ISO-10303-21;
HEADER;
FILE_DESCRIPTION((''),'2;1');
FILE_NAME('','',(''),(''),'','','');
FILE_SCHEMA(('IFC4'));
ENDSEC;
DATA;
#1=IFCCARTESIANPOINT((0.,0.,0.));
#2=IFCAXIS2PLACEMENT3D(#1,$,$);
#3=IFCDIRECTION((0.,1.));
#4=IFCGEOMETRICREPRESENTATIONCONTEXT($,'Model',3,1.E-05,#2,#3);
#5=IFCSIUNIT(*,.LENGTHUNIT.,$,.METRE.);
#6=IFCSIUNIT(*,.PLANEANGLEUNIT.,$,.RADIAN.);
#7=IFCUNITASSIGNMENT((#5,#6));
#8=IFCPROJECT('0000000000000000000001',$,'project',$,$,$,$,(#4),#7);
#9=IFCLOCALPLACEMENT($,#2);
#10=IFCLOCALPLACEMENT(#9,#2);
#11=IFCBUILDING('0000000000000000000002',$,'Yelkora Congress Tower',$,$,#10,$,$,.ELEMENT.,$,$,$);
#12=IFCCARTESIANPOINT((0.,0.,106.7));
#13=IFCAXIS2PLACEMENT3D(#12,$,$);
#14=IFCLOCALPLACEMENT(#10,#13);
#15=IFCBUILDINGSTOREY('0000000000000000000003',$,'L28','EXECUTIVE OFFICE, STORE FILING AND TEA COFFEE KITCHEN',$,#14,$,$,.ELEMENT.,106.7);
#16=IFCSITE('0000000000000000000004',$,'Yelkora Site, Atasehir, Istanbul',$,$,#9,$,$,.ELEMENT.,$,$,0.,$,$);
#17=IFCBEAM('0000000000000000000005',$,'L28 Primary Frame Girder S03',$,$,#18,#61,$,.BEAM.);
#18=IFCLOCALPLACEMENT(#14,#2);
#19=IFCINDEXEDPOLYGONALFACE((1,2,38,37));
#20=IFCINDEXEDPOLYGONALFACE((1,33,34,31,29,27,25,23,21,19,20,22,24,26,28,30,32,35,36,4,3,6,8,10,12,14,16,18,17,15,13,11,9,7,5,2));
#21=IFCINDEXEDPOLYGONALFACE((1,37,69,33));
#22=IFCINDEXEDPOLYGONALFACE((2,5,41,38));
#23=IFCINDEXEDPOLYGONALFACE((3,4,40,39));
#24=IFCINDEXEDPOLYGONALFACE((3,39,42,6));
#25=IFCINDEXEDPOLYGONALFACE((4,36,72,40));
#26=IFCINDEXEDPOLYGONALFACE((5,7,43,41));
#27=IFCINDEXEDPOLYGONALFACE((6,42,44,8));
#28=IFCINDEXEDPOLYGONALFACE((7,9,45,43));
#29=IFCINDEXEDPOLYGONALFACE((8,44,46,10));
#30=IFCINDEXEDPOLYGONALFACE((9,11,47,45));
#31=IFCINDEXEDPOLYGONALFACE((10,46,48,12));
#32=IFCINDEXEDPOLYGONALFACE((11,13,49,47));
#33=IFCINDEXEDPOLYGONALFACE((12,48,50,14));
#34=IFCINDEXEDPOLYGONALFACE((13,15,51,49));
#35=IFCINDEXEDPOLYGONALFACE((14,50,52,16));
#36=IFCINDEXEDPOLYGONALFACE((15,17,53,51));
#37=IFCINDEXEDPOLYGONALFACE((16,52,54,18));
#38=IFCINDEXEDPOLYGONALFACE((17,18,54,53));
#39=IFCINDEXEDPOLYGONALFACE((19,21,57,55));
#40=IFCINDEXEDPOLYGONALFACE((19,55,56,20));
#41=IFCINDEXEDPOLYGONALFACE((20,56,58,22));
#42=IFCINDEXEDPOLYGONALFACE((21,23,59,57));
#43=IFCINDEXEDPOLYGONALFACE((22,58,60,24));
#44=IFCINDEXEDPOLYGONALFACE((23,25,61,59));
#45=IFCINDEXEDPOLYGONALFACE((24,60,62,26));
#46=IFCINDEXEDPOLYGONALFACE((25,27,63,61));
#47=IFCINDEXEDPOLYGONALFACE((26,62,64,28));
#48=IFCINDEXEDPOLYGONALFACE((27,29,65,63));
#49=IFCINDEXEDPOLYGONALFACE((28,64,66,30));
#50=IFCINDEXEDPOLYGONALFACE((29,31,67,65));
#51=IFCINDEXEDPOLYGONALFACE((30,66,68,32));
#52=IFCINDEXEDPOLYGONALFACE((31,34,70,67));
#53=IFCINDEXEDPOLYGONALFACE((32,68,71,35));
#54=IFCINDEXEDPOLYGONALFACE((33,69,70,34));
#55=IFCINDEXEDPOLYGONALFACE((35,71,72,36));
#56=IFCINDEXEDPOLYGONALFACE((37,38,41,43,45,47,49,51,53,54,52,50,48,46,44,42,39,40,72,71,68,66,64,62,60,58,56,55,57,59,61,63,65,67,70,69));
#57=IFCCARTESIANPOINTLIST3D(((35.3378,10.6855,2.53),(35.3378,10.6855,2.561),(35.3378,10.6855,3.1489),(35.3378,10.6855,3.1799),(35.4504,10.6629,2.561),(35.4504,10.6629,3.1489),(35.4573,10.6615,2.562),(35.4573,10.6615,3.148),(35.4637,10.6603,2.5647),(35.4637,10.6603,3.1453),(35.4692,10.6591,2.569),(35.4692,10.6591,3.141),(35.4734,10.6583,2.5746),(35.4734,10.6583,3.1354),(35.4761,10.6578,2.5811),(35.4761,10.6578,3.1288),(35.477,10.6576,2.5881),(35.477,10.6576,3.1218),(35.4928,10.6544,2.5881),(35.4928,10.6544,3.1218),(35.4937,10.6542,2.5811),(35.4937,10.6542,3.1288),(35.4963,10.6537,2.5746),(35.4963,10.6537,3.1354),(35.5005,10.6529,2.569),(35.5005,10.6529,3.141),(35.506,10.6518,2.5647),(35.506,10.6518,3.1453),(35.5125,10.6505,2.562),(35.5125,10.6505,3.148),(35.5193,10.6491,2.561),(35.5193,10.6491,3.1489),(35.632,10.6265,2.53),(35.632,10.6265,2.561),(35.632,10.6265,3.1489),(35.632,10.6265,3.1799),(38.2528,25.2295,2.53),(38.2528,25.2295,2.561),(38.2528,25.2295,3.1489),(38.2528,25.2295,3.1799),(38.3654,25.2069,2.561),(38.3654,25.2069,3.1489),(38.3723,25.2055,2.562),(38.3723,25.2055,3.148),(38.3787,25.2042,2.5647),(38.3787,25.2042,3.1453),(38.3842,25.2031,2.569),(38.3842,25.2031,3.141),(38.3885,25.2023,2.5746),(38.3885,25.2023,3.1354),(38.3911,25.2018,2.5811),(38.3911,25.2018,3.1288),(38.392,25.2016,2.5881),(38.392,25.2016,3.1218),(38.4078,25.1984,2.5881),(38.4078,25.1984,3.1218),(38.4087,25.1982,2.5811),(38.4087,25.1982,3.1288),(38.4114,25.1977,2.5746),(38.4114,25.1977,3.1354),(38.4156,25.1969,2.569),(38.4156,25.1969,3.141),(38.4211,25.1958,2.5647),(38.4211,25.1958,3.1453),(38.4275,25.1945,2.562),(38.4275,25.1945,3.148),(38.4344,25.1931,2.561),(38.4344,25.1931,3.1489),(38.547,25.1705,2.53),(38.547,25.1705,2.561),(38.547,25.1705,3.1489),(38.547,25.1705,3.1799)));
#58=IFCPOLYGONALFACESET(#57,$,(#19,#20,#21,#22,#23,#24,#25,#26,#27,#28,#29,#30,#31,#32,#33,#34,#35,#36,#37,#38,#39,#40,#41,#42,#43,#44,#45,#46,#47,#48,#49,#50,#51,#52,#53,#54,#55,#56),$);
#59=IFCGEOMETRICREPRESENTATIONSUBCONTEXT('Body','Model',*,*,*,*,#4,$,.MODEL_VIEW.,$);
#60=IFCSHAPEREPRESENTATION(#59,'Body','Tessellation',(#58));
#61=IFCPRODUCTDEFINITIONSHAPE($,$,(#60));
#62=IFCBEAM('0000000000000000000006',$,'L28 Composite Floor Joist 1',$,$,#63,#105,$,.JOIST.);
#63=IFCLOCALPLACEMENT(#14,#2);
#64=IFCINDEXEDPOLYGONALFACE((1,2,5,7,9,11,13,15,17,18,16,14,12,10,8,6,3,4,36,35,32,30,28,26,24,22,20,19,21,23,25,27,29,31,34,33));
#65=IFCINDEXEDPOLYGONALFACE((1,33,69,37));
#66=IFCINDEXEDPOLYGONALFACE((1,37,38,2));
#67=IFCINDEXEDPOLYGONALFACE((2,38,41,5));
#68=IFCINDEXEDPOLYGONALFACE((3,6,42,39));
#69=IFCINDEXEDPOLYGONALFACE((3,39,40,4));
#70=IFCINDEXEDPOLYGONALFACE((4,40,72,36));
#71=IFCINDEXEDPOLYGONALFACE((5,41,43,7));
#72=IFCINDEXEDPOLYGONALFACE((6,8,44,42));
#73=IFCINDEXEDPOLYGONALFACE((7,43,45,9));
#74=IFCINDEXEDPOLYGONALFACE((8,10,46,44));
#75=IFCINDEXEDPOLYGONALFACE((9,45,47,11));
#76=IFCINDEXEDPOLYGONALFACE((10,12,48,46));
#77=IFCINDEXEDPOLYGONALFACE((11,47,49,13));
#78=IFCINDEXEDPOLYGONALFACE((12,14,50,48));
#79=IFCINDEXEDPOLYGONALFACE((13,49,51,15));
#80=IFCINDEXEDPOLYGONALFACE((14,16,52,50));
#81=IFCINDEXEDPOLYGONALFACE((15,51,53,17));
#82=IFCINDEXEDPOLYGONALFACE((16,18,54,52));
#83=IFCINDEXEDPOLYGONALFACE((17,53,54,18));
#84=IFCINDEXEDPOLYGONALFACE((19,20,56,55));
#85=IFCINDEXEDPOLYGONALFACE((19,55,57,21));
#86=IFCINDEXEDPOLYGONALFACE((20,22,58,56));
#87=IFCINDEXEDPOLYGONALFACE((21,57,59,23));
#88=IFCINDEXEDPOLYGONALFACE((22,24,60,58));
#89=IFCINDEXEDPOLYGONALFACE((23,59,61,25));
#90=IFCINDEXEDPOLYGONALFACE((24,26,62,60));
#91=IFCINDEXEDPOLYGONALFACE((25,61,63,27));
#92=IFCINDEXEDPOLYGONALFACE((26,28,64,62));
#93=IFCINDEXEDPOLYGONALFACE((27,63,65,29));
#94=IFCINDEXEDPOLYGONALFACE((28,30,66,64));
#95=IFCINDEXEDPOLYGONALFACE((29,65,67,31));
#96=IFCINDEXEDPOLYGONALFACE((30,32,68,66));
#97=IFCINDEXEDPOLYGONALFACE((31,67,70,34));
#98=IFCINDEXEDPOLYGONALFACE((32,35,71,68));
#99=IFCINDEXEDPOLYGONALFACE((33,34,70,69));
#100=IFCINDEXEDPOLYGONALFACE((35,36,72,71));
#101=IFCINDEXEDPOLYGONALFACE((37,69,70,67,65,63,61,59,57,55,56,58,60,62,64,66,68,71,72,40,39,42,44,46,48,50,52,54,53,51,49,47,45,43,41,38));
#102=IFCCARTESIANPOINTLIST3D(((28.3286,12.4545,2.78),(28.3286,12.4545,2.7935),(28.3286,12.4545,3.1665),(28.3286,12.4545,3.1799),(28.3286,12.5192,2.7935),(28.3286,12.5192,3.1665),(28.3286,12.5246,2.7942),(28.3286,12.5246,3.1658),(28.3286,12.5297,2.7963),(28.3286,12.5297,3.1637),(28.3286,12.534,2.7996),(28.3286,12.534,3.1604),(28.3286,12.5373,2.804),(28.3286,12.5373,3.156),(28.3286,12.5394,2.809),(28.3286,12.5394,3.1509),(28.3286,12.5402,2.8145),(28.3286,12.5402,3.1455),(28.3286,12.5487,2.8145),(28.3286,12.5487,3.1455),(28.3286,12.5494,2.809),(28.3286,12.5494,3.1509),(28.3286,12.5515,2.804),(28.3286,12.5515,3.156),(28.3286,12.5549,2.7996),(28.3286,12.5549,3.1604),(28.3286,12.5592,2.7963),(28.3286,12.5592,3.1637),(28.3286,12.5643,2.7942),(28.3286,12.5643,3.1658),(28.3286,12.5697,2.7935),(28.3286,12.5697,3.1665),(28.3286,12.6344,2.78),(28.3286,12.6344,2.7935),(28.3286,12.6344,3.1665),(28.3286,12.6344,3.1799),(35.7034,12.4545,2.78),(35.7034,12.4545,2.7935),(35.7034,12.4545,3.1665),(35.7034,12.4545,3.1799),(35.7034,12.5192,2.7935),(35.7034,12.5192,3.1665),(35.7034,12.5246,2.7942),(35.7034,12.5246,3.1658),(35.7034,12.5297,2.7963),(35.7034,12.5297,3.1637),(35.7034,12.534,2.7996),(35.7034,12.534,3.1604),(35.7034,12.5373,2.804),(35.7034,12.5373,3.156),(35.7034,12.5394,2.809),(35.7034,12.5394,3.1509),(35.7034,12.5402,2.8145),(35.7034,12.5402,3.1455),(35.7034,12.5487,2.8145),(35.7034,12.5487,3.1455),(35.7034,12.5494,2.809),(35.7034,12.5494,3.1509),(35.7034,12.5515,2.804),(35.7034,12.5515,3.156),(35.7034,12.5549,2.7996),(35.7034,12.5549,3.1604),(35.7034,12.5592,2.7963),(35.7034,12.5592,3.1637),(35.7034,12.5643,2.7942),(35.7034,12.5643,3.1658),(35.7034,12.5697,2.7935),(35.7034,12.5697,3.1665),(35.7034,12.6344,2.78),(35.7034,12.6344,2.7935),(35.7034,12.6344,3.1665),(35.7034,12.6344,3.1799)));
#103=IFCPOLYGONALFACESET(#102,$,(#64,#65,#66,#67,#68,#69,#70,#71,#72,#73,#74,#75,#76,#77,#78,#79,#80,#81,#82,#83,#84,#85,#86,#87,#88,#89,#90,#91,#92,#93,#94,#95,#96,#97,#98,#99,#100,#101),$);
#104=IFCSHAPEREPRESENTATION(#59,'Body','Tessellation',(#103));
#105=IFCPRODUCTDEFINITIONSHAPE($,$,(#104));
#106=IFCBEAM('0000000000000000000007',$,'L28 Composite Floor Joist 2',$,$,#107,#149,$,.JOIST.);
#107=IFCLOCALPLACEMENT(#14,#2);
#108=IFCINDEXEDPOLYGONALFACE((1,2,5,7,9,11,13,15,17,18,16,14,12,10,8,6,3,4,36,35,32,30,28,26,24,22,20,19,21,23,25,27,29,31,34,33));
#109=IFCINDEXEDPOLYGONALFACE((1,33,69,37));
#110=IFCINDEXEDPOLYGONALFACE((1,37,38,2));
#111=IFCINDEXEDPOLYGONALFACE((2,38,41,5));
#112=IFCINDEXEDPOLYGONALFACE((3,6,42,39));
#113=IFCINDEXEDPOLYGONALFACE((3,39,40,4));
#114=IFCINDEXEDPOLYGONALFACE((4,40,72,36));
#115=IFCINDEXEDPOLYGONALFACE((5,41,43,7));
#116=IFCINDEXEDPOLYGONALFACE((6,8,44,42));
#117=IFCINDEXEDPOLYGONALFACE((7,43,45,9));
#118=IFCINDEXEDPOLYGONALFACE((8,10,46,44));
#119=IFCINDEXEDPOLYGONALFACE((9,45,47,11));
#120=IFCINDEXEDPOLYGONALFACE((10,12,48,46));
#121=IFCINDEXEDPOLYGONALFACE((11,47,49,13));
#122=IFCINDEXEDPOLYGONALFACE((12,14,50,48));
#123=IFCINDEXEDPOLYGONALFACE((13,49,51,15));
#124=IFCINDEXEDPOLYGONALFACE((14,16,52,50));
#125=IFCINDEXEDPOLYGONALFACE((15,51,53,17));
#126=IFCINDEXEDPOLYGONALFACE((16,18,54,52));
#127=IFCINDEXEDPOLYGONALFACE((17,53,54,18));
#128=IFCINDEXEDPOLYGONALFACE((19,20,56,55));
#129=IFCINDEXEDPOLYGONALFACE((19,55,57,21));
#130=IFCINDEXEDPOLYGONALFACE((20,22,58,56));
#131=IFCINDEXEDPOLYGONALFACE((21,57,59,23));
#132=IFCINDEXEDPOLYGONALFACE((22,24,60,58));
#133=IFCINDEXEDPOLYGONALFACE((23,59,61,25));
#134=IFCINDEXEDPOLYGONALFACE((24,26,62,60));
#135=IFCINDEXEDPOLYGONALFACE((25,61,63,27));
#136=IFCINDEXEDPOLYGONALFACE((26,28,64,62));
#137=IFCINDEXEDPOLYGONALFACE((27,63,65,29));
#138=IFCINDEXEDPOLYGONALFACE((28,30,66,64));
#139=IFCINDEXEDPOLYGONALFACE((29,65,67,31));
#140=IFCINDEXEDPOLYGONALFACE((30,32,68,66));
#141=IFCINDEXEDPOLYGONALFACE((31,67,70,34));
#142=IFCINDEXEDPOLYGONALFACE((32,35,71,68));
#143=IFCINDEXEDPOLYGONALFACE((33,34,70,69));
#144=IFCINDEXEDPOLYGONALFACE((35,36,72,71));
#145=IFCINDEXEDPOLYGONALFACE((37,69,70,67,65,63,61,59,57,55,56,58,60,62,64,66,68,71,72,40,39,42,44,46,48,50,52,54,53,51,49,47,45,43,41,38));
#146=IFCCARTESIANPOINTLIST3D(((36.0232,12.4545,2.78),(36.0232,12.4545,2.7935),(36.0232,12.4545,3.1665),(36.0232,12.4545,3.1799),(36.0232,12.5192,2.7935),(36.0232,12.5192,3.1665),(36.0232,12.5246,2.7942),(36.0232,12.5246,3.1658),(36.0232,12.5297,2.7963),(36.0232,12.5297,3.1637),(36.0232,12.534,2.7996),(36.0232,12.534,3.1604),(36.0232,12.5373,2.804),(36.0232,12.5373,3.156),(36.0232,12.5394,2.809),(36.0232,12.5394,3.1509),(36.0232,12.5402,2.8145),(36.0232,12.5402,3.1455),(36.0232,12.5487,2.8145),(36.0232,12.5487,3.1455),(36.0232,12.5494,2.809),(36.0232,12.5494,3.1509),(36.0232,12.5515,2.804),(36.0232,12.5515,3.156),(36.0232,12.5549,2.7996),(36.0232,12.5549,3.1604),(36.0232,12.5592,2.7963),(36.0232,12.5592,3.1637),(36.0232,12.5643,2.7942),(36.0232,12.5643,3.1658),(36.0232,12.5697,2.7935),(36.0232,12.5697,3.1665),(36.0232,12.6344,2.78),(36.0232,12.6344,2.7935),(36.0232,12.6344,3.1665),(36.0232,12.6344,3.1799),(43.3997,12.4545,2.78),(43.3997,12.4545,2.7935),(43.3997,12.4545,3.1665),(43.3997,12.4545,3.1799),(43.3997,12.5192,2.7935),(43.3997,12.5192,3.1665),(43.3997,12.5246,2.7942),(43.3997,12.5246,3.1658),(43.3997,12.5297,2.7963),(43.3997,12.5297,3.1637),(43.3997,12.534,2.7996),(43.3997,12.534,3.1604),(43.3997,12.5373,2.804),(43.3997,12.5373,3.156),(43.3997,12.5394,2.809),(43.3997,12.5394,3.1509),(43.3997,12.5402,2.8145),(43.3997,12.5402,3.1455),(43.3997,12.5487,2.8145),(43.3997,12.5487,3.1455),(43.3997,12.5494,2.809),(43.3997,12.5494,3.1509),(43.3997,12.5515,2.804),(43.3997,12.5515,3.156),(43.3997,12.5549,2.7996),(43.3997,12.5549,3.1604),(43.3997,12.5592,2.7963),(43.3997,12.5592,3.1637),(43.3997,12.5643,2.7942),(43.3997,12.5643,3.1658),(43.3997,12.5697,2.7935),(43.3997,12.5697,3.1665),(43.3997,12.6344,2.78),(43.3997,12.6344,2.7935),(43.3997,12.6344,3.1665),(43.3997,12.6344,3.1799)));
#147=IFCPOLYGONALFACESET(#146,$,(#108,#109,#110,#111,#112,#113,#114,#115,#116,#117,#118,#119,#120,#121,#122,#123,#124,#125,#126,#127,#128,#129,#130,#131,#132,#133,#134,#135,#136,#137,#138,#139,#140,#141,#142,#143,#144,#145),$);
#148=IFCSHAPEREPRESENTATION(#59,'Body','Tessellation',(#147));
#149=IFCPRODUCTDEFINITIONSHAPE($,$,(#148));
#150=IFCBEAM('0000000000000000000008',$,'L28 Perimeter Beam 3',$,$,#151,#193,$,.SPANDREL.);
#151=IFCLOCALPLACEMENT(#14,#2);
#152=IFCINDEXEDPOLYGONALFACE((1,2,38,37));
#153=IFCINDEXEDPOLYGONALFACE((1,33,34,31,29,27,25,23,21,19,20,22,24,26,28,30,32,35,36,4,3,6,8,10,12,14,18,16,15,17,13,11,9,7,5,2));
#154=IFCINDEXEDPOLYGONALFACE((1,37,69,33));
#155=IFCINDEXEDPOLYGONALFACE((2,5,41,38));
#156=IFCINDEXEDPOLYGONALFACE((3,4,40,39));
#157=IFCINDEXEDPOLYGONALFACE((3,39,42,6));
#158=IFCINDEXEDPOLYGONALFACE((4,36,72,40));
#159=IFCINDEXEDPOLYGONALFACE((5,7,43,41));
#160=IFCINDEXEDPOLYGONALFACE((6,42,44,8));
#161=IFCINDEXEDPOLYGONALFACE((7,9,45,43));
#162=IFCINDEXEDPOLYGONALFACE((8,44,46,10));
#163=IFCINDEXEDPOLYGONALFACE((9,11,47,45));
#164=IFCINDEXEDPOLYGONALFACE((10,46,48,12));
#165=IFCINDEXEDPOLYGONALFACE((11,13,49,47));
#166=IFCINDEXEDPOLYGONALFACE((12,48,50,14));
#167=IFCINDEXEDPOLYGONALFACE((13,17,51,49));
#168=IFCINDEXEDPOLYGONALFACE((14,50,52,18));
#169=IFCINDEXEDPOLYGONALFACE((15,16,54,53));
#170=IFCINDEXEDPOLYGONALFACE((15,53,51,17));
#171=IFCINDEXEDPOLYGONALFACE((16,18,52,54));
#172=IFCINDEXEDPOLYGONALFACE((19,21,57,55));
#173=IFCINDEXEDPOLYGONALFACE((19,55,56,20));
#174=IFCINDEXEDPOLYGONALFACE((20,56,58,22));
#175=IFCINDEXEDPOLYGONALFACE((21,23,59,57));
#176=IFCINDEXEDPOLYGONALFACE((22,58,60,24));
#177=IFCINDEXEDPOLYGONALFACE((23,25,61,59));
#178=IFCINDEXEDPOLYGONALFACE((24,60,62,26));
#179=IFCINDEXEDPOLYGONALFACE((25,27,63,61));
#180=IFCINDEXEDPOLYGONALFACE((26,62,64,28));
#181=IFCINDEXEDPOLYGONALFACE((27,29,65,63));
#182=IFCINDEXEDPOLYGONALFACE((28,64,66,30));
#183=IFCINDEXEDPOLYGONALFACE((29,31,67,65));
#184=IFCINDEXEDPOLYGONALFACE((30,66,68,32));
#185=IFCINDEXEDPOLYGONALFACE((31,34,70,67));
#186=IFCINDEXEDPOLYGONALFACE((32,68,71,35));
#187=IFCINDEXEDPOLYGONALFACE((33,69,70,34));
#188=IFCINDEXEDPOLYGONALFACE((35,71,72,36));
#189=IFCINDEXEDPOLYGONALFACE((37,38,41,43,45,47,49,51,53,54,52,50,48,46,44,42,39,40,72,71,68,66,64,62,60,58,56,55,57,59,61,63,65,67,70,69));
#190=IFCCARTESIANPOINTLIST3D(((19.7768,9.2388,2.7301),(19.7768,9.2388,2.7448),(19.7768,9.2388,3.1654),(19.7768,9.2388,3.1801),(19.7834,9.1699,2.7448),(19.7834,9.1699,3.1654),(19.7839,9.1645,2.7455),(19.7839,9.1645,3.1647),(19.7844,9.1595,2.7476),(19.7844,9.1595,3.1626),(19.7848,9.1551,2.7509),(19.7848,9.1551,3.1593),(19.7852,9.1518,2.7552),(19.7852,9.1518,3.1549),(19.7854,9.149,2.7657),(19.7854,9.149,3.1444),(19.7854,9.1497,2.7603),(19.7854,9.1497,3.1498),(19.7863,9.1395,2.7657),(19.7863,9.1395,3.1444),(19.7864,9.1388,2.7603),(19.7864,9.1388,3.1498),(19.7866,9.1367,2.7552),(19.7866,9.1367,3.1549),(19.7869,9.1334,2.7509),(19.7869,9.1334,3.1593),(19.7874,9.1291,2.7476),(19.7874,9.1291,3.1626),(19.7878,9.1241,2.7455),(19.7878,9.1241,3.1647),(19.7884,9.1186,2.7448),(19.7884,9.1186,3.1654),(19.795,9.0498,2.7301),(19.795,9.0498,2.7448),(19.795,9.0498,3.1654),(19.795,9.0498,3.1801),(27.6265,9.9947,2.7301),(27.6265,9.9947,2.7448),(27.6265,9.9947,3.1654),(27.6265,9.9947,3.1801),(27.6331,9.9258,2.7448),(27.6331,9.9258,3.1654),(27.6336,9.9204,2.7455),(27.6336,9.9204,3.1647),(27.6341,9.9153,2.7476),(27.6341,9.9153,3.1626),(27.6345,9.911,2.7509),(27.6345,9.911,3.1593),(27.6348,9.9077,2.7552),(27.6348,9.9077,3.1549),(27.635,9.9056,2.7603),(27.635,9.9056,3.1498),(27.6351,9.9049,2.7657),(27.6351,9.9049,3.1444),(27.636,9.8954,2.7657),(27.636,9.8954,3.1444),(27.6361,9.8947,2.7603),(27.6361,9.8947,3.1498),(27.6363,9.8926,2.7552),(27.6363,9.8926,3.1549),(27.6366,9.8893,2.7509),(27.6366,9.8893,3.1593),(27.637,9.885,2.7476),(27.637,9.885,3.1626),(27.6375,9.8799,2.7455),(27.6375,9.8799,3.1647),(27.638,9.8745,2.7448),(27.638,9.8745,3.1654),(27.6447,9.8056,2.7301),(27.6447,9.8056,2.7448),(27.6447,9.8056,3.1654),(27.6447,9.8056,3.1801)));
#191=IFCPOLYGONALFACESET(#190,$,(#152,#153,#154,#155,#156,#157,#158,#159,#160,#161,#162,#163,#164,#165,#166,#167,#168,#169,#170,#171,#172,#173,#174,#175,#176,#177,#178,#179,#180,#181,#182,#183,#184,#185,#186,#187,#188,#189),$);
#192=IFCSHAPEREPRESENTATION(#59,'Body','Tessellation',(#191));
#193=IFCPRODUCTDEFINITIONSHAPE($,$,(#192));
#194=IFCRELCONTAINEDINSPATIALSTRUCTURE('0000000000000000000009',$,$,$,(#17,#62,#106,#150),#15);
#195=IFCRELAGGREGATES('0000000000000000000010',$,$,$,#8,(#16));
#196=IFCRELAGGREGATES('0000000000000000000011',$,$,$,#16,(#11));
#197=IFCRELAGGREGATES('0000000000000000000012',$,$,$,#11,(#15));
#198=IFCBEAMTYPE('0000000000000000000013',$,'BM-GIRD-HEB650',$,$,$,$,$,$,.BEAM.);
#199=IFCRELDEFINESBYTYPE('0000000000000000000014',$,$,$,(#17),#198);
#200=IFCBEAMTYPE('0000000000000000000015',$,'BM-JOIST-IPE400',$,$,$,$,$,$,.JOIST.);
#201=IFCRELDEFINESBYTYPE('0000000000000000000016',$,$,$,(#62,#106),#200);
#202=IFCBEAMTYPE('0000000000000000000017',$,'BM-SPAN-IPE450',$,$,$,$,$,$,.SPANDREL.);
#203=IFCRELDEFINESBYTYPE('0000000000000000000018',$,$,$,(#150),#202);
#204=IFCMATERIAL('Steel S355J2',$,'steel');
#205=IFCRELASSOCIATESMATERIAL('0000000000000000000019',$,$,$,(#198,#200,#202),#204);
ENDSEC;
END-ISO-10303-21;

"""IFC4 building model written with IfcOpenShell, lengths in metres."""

from ifc_helpers import new_model, si_unit, direction, frame, origin, origin_2d, place, context, subcontext, project, spatial, i_section, extrude, material, material_profile, profile_set, type_object, element, save


model = new_model("IFC4")

# Units and contexts
model_context = context("Model", 3, precision=1e-05, world=origin(), true_north=direction((0.0, 1.0)))
body_context = subcontext(model_context, "Body", "Model", "MODEL_VIEW")
ifc_project = project(units=[si_unit("LENGTHUNIT", "METRE"), si_unit("PLANEANGLEUNIT", "RADIAN")], contexts=[model_context])

# Site, building, storey
site_placement = place(None, origin())
site = spatial("IfcSite", under=ifc_project, at=site_placement, Name="Yelkora Site, Atasehir, Istanbul", CompositionType="ELEMENT", RefElevation=0.0)
building_placement = place(site_placement, origin())
building = spatial("IfcBuilding", under=site, at=building_placement, Name="Yelkora Congress Tower", CompositionType="ELEMENT")
storey_placement = place(building_placement, frame((0.0, 0.0, 106.7)))
storey = spatial("IfcBuildingStorey", under=building, at=storey_placement, Name="L28", Description="EXECUTIVE OFFICE, STORE FILING AND TEA COFFEE KITCHEN", CompositionType="ELEMENT", Elevation=106.7)

# Beams
ifc_material_1 = material(Name="Steel S355J2", Category="steel")
ifc_material_profile_1 = material_profile(ifc_material_1, i_section(OverallWidth=0.3, OverallDepth=0.6499, WebThickness=0.0161, FlangeThickness=0.031, FilletRadius=0.0271, at=origin_2d()), Name="HEB 650")
ifc_profile_set_1 = profile_set([ifc_material_profile_1], Name="Steel S355J2")
beam_type_1 = type_object("IfcBeamType", Name="BM-GIRD-HEB650", PredefinedType="BEAM", material=ifc_profile_set_1)
beam_1_placement = place(storey_placement, frame((35.4849, 10.656, 2.855), z_axis=(0.196521, 0.9805, 0.0), x_axis=(-0.9805, 0.196521, 0.0)))
element("IfcBeam", 1, at=beam_1_placement, inside=storey, type_object=beam_type_1, Name="L28 Primary Frame Girder S03", PredefinedType="BEAM", context=body_context, shape_type="SweptSolid", body=[
    extrude(i_section(OverallWidth=0.3, OverallDepth=0.6499, WebThickness=0.0161, FlangeThickness=0.031, FilletRadius=0.0271, at=origin_2d()), origin(), (0.0, 0.0, 1.0), 14.8333),
])
ifc_material_profile_2 = material_profile(ifc_material_1, i_section(OverallWidth=0.1799, OverallDepth=0.3999, WebThickness=0.0085, FlangeThickness=0.0134, FilletRadius=0.021, at=origin_2d()), Name="IPE 400")
ifc_profile_set_2 = profile_set([ifc_material_profile_2], Name="Steel S355J2")
beam_type_2 = type_object("IfcBeamType", Name="BM-JOIST-IPE400", PredefinedType="JOIST", material=ifc_profile_set_2)
beam_2_placement = place(storey_placement, frame((28.3286, 12.5444, 2.98), z_axis=(1.0, 0.0, 0.0), x_axis=(0.0, 1.0, 0.0)))
element("IfcBeam", 2, at=beam_2_placement, inside=storey, type_object=beam_type_2, Name="L28 Composite Floor Joist 1", PredefinedType="JOIST", context=body_context, shape_type="SweptSolid", body=[
    extrude(i_section(OverallWidth=0.1799, OverallDepth=0.3999, WebThickness=0.0085, FlangeThickness=0.0134, FilletRadius=0.021, at=origin_2d()), origin(), (0.0, 0.0, 1.0), 7.3748),
])
beam_3_placement = place(storey_placement, frame((36.0232, 12.5444, 2.98), z_axis=(1.0, 0.0, 0.0), x_axis=(0.0, 1.0, 0.0)))
element("IfcBeam", 3, at=beam_3_placement, inside=storey, type_object=beam_type_2, Name="L28 Composite Floor Joist 2", PredefinedType="JOIST", context=body_context, shape_type="SweptSolid", body=[
    extrude(i_section(OverallWidth=0.1799, OverallDepth=0.3999, WebThickness=0.0085, FlangeThickness=0.0134, FilletRadius=0.021, at=origin_2d()), origin(), (0.0, 0.0, 1.0), 7.3765),
])
ifc_material_profile_3 = material_profile(ifc_material_1, i_section(OverallWidth=0.1899, OverallDepth=0.45, WebThickness=0.0095, FlangeThickness=0.0146, FilletRadius=0.021, at=origin_2d()), Name="IPE 450")
ifc_profile_set_3 = profile_set([ifc_material_profile_3], Name="Steel S355J2")
beam_type_3 = type_object("IfcBeamType", Name="BM-SPAN-IPE450", PredefinedType="SPANDREL", material=ifc_profile_set_3)
beam_4_placement = place(storey_placement, frame((19.7859, 9.1443, 2.9551), z_axis=(0.995396, 0.095849, 0.0), x_axis=(-0.095849, 0.995396, 0.0)))
element("IfcBeam", 4, at=beam_4_placement, inside=storey, type_object=beam_type_3, Name="L28 Perimeter Beam 3", PredefinedType="SPANDREL", context=body_context, shape_type="SweptSolid", body=[
    extrude(i_section(OverallWidth=0.1899, OverallDepth=0.45, WebThickness=0.0095, FlangeThickness=0.0146, FilletRadius=0.021, at=origin_2d()), origin(), (0.0, 0.0, 1.0), 7.886),
])

save(model, "model.ifc")
